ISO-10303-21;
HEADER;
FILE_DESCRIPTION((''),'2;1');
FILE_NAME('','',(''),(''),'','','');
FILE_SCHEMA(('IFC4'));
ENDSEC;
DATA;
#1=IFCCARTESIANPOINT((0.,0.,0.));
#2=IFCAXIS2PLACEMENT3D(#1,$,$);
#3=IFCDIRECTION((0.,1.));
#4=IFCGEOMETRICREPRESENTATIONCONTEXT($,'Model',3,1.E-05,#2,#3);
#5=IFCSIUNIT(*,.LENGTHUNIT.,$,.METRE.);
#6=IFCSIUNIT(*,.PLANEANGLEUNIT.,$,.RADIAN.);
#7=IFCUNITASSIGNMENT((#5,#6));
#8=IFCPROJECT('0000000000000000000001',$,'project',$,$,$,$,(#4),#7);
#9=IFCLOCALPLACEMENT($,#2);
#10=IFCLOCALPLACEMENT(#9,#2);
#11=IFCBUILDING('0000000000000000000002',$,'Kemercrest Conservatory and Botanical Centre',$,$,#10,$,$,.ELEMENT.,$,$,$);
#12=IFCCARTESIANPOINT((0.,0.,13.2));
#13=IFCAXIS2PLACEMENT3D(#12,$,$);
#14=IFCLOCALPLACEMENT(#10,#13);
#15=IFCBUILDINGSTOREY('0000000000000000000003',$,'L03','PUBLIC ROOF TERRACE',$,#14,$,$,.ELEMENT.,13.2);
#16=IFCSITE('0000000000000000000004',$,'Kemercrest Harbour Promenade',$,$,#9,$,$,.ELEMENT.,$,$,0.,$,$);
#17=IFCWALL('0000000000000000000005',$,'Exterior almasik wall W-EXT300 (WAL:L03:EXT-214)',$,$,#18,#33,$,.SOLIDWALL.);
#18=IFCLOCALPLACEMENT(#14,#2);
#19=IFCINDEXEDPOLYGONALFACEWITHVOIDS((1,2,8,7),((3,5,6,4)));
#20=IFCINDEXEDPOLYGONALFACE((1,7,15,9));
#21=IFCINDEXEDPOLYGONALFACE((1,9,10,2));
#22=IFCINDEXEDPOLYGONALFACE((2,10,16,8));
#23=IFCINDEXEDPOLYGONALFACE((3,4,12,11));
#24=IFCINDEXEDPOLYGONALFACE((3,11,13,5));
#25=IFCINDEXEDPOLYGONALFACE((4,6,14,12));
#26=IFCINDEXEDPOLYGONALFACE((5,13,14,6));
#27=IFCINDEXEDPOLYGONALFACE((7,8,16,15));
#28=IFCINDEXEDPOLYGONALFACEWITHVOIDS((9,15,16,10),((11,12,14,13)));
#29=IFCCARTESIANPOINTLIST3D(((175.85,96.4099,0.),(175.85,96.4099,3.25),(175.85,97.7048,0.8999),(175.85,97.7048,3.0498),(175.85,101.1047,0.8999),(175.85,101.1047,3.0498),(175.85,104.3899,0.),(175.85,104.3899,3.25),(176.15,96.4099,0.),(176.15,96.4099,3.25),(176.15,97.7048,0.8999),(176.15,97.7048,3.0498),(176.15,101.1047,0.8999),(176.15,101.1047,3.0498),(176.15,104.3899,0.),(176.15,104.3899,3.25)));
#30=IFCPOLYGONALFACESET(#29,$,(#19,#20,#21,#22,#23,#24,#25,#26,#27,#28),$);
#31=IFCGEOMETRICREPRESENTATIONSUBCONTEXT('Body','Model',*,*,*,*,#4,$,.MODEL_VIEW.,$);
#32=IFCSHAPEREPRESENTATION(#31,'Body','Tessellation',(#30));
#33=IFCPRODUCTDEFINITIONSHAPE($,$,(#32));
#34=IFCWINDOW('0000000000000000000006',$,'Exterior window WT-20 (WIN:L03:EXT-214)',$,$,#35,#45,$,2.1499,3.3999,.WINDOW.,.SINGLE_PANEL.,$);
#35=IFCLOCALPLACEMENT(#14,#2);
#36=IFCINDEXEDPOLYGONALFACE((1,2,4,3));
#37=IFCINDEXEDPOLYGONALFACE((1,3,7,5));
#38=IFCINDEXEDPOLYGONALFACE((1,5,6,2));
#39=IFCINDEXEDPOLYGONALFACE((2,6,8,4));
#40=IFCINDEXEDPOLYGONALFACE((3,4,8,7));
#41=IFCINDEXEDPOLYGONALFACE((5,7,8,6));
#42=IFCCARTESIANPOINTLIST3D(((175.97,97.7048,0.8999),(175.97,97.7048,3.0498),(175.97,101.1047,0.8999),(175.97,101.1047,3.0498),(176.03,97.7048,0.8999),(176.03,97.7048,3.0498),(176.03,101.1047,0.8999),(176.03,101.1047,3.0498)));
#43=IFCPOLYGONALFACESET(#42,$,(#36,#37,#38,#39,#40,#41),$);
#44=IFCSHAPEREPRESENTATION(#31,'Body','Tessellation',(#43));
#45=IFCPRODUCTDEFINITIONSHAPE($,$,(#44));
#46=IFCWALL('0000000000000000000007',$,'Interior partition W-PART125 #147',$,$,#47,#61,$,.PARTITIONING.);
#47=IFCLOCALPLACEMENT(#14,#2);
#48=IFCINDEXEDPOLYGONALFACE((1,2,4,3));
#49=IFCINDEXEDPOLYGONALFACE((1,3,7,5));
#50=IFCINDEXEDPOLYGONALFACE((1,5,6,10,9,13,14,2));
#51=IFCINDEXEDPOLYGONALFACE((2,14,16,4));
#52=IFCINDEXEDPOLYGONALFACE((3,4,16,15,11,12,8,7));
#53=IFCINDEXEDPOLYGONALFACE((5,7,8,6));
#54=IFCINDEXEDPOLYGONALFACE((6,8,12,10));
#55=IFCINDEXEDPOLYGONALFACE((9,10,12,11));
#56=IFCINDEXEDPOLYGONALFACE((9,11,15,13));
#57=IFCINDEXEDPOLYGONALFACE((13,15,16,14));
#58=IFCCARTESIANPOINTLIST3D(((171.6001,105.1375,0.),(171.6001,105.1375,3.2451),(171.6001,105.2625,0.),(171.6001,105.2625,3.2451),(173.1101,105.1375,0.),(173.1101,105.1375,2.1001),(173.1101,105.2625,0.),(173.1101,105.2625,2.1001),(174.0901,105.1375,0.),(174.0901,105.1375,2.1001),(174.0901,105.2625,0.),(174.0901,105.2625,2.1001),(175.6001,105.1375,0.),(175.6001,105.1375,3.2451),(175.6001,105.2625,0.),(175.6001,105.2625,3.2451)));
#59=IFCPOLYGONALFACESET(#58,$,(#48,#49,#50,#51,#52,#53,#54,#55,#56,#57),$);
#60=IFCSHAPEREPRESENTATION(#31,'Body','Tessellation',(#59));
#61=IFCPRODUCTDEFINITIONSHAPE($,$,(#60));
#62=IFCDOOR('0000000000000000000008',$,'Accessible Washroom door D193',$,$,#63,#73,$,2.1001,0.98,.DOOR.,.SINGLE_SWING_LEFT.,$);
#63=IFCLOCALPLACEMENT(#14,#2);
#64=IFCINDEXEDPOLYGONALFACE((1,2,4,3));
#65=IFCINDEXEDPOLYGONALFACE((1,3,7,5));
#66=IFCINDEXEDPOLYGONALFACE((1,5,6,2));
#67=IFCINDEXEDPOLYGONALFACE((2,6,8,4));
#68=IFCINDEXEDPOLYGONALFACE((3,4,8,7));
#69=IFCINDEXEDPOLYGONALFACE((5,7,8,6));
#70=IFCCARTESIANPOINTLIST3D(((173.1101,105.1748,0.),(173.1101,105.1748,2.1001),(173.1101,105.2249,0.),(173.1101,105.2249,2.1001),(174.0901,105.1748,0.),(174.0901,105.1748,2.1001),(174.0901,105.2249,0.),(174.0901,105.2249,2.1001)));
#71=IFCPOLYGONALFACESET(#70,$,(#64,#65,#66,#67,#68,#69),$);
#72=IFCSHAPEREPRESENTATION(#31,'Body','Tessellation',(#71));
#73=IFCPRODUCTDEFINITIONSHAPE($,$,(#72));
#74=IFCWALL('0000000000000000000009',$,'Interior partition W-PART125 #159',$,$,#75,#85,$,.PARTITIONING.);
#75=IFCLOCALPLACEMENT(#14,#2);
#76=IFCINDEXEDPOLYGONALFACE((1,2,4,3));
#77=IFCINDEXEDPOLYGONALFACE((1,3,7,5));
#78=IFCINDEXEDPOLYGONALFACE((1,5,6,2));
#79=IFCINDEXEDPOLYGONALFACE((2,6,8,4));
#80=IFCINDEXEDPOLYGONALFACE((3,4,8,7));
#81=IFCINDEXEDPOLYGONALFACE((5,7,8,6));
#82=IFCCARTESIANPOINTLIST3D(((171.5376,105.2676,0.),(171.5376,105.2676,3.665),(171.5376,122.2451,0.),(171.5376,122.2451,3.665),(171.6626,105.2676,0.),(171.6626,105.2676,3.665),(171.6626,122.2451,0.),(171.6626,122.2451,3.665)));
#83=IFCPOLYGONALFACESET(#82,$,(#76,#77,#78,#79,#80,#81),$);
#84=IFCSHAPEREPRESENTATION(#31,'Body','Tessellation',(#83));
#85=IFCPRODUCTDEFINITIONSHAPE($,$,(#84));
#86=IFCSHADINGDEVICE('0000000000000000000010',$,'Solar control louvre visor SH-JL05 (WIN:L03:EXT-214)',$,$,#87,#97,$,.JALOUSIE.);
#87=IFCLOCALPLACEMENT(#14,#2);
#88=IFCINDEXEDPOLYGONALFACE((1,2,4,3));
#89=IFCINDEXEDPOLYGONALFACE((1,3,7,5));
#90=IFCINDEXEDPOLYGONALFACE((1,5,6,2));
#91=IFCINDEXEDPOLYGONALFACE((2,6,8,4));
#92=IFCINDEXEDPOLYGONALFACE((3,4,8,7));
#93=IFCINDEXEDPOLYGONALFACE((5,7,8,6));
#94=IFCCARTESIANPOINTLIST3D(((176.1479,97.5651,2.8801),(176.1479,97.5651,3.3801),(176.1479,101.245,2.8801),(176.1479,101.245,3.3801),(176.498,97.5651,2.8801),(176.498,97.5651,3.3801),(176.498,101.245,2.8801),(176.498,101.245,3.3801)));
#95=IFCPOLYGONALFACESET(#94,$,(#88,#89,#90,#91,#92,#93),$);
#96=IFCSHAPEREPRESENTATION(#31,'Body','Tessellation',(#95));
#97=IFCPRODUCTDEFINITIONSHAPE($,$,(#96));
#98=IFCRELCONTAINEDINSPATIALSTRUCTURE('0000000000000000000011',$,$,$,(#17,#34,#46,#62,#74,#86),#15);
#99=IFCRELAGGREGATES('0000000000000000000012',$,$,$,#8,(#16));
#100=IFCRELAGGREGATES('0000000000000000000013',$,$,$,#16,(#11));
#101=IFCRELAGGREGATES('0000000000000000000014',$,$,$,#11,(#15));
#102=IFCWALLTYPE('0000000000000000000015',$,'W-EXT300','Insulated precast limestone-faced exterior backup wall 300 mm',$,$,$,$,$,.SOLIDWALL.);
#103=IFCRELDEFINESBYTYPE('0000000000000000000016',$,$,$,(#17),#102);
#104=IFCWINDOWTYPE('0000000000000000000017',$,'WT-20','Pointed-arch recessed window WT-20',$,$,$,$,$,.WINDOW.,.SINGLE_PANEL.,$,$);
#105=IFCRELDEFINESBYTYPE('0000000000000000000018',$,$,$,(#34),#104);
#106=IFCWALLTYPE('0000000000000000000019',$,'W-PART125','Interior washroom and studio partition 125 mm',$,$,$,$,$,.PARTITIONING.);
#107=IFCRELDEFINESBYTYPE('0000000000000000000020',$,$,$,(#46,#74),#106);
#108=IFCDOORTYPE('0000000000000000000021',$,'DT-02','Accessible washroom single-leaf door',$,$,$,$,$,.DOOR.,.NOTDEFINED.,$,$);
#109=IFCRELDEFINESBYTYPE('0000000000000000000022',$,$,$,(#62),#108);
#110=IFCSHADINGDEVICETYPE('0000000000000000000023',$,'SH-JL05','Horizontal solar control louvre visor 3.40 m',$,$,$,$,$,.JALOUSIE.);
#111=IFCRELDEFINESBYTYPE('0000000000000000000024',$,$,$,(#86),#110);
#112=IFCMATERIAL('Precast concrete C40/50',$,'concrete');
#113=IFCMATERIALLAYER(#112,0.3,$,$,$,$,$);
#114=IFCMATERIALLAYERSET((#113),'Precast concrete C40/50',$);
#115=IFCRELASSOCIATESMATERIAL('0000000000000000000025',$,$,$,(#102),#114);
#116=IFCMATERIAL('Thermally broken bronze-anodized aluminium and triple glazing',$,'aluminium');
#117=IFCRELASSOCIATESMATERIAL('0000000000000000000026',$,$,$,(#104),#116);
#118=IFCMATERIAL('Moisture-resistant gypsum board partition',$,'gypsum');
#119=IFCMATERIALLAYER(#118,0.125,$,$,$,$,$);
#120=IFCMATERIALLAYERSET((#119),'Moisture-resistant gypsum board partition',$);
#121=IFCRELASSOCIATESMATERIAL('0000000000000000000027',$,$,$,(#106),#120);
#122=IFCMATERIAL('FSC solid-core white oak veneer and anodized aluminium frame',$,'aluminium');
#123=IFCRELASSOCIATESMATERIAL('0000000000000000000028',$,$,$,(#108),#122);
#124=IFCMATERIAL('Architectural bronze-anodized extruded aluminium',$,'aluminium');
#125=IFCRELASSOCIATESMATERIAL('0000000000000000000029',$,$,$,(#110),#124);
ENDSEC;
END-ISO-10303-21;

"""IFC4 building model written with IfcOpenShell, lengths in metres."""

from ifc_helpers import new_model, si_unit, direction, frame, frame_2d, origin, origin_2d, place, context, subcontext, project, spatial, rectangle, extrude, material, layer, layer_set, type_object, element, fill, save


model = new_model("IFC4")

# Units and contexts
model_context = context("Model", 3, precision=1e-05, world=origin(), true_north=direction((0.0, 1.0)))
body_context = subcontext(model_context, "Body", "Model", "MODEL_VIEW")
ifc_project = project(units=[si_unit("LENGTHUNIT", "METRE"), si_unit("PLANEANGLEUNIT", "RADIAN")], contexts=[model_context])

# Site, building, storey
site_placement = place(None, origin())
site = spatial("IfcSite", under=ifc_project, at=site_placement, Name="Kemercrest Harbour Promenade", CompositionType="ELEMENT", RefElevation=0.0)
building_placement = place(site_placement, origin())
building = spatial("IfcBuilding", under=site, at=building_placement, Name="Kemercrest Conservatory and Botanical Centre", CompositionType="ELEMENT")
storey_placement = place(building_placement, frame((0.0, 0.0, 13.2)))
storey = spatial("IfcBuildingStorey", under=building, at=storey_placement, Name="L03", Description="PUBLIC ROOF TERRACE", CompositionType="ELEMENT", Elevation=13.2)

# Wall, opening, window
ifc_material_1 = material(Name="Precast concrete C40/50", Category="concrete")
ifc_layer_1 = layer(ifc_material_1, 0.3)
ifc_layer_set_1 = layer_set([ifc_layer_1], Name="Precast concrete C40/50")
wall_type_1 = type_object("IfcWallType", Name="W-EXT300", Description="Insulated precast limestone-faced exterior backup wall 300 mm", PredefinedType="SOLIDWALL", material=ifc_layer_set_1)
wall_1_placement = place(storey_placement, frame((176.0, 96.4099, 0.0), z_axis=(0.0, 0.0, 1.0), x_axis=(0.0, 1.0, 0.0)))
wall_1 = element("IfcWall", 1, at=wall_1_placement, inside=storey, type_object=wall_type_1, Name="Exterior almasik wall W-EXT300 (WAL:L03:EXT-214)", PredefinedType="SOLIDWALL", context=body_context, shape_type="SweptSolid", body=[
    extrude(rectangle(XDim=7.98, YDim=0.3, at=frame_2d((3.99, 0.0))), origin(), (0.0, 0.0, 1.0), 3.25),
])
opening_1_placement = place(wall_1_placement, frame((1.2949, 0.0, 0.8999)))
opening_1 = element("IfcOpeningElement", 2, at=opening_1_placement, cuts=wall_1, PredefinedType="OPENING", context=body_context, shape_type="SweptSolid", body=[
    extrude(rectangle(XDim=3.3999, YDim=2.1499, at=frame_2d((1.7, 1.075))), frame((0.0, 0.1602, 0.0), z_axis=(0.0, -1.0, 0.0), x_axis=(1.0, 0.0, 0.0)), (0.0, 0.0, 1.0), 0.3201),
])
ifc_material_2 = material(Name="Thermally broken bronze-anodized aluminium and triple glazing", Category="aluminium")
window_type = type_object("IfcWindowType", Name="WT-20", Description="Pointed-arch recessed window WT-20", PartitioningType="SINGLE_PANEL", PredefinedType="WINDOW", material=ifc_material_2)
window_placement = place(opening_1_placement, origin())
window = element("IfcWindow", 3, at=window_placement, inside=storey, type_object=window_type, Name="Exterior window WT-20 (WIN:L03:EXT-214)", OverallHeight=2.1499, OverallWidth=3.3999, PartitioningType="SINGLE_PANEL", PredefinedType="WINDOW", context=body_context, shape_type="SweptSolid", body=[
    extrude(rectangle(XDim=3.3999, YDim=2.1499, at=frame_2d((1.7, 1.075))), frame((0.0, 0.03, 0.0), z_axis=(0.0, -1.0, 0.0), x_axis=(1.0, 0.0, 0.0)), (0.0, 0.0, 1.0), 0.0601),
])
fill(opening_1, window)

# Wall, opening, door
ifc_material_3 = material(Name="Moisture-resistant gypsum board partition", Category="gypsum")
ifc_layer_2 = layer(ifc_material_3, 0.125)
ifc_layer_set_2 = layer_set([ifc_layer_2], Name="Moisture-resistant gypsum board partition")
wall_type_2 = type_object("IfcWallType", Name="W-PART125", Description="Interior washroom and studio partition 125 mm", PredefinedType="PARTITIONING", material=ifc_layer_set_2)
wall_2_placement = place(storey_placement, frame((171.6001, 105.2, 0.0), z_axis=(0.0, 0.0, 1.0), x_axis=(1.0, 0.0, 0.0)))
wall_2 = element("IfcWall", 4, at=wall_2_placement, inside=storey, type_object=wall_type_2, Name="Interior partition W-PART125 #147", PredefinedType="PARTITIONING", context=body_context, shape_type="SweptSolid", body=[
    extrude(rectangle(XDim=4.0, YDim=0.125, at=frame_2d((2.0, 0.0))), origin(), (0.0, 0.0, 1.0), 3.2451),
])
opening_2_placement = place(wall_2_placement, frame((1.51, 0.0, 0.0)))
opening_2 = element("IfcOpeningElement", 5, at=opening_2_placement, cuts=wall_2, PredefinedType="OPENING", context=body_context, shape_type="SweptSolid", body=[
    extrude(rectangle(XDim=0.98, YDim=2.1001, at=frame_2d((0.49, 1.05))), frame((0.0, 0.0725, 0.0), z_axis=(0.0, -1.0, 0.0), x_axis=(1.0, 0.0, 0.0)), (0.0, 0.0, 1.0), 0.145),
])
ifc_material_4 = material(Name="FSC solid-core white oak veneer and anodized aluminium frame", Category="aluminium")
door_type = type_object("IfcDoorType", Name="DT-02", Description="Accessible washroom single-leaf door", OperationType="NOTDEFINED", PredefinedType="DOOR", material=ifc_material_4)
door_placement = place(opening_2_placement, origin())
door = element("IfcDoor", 6, at=door_placement, inside=storey, type_object=door_type, Name="Accessible Washroom door D193", OperationType="SINGLE_SWING_LEFT", OverallHeight=2.1001, OverallWidth=0.98, PredefinedType="DOOR", context=body_context, shape_type="SweptSolid", body=[
    extrude(rectangle(XDim=0.98, YDim=2.1001, at=frame_2d((0.49, 1.05))), frame((0.0, 0.0249, 0.0), z_axis=(0.0, -1.0, 0.0), x_axis=(1.0, 0.0, 0.0)), (0.0, 0.0, 1.0), 0.05),
])
fill(opening_2, door)

# Wall
wall_3_placement = place(storey_placement, frame((171.6001, 105.2676, 0.0), z_axis=(0.0, 0.0, 1.0), x_axis=(0.0, 1.0, 0.0)))
element("IfcWall", 7, at=wall_3_placement, inside=storey, type_object=wall_type_2, Name="Interior partition W-PART125 #159", PredefinedType="PARTITIONING", context=body_context, shape_type="SweptSolid", body=[
    extrude(rectangle(XDim=16.9775, YDim=0.125, at=frame_2d((8.4888, 0.0))), origin(), (0.0, 0.0, 1.0), 3.665),
])

# Shading device
ifc_material_5 = material(Name="Architectural bronze-anodized extruded aluminium", Category="aluminium")
shading_device_type = type_object("IfcShadingDeviceType", Name="SH-JL05", Description="Horizontal solar control louvre visor 3.40 m", PredefinedType="JALOUSIE", material=ifc_material_5)
shading_device_placement = place(storey_placement, frame((176.323, 99.405, 2.8801), z_axis=(0.0, 0.0, 1.0), x_axis=(0.0, 1.0, 0.0)))
element("IfcShadingDevice", 8, at=shading_device_placement, inside=storey, type_object=shading_device_type, Name="Solar control louvre visor SH-JL05 (WIN:L03:EXT-214)", PredefinedType="JALOUSIE", context=body_context, shape_type="SweptSolid", body=[
    extrude(rectangle(XDim=3.6799, YDim=0.3501, at=origin_2d()), origin(), (0.0, 0.0, 1.0), 0.5),
])

save(model, "model.ifc")
